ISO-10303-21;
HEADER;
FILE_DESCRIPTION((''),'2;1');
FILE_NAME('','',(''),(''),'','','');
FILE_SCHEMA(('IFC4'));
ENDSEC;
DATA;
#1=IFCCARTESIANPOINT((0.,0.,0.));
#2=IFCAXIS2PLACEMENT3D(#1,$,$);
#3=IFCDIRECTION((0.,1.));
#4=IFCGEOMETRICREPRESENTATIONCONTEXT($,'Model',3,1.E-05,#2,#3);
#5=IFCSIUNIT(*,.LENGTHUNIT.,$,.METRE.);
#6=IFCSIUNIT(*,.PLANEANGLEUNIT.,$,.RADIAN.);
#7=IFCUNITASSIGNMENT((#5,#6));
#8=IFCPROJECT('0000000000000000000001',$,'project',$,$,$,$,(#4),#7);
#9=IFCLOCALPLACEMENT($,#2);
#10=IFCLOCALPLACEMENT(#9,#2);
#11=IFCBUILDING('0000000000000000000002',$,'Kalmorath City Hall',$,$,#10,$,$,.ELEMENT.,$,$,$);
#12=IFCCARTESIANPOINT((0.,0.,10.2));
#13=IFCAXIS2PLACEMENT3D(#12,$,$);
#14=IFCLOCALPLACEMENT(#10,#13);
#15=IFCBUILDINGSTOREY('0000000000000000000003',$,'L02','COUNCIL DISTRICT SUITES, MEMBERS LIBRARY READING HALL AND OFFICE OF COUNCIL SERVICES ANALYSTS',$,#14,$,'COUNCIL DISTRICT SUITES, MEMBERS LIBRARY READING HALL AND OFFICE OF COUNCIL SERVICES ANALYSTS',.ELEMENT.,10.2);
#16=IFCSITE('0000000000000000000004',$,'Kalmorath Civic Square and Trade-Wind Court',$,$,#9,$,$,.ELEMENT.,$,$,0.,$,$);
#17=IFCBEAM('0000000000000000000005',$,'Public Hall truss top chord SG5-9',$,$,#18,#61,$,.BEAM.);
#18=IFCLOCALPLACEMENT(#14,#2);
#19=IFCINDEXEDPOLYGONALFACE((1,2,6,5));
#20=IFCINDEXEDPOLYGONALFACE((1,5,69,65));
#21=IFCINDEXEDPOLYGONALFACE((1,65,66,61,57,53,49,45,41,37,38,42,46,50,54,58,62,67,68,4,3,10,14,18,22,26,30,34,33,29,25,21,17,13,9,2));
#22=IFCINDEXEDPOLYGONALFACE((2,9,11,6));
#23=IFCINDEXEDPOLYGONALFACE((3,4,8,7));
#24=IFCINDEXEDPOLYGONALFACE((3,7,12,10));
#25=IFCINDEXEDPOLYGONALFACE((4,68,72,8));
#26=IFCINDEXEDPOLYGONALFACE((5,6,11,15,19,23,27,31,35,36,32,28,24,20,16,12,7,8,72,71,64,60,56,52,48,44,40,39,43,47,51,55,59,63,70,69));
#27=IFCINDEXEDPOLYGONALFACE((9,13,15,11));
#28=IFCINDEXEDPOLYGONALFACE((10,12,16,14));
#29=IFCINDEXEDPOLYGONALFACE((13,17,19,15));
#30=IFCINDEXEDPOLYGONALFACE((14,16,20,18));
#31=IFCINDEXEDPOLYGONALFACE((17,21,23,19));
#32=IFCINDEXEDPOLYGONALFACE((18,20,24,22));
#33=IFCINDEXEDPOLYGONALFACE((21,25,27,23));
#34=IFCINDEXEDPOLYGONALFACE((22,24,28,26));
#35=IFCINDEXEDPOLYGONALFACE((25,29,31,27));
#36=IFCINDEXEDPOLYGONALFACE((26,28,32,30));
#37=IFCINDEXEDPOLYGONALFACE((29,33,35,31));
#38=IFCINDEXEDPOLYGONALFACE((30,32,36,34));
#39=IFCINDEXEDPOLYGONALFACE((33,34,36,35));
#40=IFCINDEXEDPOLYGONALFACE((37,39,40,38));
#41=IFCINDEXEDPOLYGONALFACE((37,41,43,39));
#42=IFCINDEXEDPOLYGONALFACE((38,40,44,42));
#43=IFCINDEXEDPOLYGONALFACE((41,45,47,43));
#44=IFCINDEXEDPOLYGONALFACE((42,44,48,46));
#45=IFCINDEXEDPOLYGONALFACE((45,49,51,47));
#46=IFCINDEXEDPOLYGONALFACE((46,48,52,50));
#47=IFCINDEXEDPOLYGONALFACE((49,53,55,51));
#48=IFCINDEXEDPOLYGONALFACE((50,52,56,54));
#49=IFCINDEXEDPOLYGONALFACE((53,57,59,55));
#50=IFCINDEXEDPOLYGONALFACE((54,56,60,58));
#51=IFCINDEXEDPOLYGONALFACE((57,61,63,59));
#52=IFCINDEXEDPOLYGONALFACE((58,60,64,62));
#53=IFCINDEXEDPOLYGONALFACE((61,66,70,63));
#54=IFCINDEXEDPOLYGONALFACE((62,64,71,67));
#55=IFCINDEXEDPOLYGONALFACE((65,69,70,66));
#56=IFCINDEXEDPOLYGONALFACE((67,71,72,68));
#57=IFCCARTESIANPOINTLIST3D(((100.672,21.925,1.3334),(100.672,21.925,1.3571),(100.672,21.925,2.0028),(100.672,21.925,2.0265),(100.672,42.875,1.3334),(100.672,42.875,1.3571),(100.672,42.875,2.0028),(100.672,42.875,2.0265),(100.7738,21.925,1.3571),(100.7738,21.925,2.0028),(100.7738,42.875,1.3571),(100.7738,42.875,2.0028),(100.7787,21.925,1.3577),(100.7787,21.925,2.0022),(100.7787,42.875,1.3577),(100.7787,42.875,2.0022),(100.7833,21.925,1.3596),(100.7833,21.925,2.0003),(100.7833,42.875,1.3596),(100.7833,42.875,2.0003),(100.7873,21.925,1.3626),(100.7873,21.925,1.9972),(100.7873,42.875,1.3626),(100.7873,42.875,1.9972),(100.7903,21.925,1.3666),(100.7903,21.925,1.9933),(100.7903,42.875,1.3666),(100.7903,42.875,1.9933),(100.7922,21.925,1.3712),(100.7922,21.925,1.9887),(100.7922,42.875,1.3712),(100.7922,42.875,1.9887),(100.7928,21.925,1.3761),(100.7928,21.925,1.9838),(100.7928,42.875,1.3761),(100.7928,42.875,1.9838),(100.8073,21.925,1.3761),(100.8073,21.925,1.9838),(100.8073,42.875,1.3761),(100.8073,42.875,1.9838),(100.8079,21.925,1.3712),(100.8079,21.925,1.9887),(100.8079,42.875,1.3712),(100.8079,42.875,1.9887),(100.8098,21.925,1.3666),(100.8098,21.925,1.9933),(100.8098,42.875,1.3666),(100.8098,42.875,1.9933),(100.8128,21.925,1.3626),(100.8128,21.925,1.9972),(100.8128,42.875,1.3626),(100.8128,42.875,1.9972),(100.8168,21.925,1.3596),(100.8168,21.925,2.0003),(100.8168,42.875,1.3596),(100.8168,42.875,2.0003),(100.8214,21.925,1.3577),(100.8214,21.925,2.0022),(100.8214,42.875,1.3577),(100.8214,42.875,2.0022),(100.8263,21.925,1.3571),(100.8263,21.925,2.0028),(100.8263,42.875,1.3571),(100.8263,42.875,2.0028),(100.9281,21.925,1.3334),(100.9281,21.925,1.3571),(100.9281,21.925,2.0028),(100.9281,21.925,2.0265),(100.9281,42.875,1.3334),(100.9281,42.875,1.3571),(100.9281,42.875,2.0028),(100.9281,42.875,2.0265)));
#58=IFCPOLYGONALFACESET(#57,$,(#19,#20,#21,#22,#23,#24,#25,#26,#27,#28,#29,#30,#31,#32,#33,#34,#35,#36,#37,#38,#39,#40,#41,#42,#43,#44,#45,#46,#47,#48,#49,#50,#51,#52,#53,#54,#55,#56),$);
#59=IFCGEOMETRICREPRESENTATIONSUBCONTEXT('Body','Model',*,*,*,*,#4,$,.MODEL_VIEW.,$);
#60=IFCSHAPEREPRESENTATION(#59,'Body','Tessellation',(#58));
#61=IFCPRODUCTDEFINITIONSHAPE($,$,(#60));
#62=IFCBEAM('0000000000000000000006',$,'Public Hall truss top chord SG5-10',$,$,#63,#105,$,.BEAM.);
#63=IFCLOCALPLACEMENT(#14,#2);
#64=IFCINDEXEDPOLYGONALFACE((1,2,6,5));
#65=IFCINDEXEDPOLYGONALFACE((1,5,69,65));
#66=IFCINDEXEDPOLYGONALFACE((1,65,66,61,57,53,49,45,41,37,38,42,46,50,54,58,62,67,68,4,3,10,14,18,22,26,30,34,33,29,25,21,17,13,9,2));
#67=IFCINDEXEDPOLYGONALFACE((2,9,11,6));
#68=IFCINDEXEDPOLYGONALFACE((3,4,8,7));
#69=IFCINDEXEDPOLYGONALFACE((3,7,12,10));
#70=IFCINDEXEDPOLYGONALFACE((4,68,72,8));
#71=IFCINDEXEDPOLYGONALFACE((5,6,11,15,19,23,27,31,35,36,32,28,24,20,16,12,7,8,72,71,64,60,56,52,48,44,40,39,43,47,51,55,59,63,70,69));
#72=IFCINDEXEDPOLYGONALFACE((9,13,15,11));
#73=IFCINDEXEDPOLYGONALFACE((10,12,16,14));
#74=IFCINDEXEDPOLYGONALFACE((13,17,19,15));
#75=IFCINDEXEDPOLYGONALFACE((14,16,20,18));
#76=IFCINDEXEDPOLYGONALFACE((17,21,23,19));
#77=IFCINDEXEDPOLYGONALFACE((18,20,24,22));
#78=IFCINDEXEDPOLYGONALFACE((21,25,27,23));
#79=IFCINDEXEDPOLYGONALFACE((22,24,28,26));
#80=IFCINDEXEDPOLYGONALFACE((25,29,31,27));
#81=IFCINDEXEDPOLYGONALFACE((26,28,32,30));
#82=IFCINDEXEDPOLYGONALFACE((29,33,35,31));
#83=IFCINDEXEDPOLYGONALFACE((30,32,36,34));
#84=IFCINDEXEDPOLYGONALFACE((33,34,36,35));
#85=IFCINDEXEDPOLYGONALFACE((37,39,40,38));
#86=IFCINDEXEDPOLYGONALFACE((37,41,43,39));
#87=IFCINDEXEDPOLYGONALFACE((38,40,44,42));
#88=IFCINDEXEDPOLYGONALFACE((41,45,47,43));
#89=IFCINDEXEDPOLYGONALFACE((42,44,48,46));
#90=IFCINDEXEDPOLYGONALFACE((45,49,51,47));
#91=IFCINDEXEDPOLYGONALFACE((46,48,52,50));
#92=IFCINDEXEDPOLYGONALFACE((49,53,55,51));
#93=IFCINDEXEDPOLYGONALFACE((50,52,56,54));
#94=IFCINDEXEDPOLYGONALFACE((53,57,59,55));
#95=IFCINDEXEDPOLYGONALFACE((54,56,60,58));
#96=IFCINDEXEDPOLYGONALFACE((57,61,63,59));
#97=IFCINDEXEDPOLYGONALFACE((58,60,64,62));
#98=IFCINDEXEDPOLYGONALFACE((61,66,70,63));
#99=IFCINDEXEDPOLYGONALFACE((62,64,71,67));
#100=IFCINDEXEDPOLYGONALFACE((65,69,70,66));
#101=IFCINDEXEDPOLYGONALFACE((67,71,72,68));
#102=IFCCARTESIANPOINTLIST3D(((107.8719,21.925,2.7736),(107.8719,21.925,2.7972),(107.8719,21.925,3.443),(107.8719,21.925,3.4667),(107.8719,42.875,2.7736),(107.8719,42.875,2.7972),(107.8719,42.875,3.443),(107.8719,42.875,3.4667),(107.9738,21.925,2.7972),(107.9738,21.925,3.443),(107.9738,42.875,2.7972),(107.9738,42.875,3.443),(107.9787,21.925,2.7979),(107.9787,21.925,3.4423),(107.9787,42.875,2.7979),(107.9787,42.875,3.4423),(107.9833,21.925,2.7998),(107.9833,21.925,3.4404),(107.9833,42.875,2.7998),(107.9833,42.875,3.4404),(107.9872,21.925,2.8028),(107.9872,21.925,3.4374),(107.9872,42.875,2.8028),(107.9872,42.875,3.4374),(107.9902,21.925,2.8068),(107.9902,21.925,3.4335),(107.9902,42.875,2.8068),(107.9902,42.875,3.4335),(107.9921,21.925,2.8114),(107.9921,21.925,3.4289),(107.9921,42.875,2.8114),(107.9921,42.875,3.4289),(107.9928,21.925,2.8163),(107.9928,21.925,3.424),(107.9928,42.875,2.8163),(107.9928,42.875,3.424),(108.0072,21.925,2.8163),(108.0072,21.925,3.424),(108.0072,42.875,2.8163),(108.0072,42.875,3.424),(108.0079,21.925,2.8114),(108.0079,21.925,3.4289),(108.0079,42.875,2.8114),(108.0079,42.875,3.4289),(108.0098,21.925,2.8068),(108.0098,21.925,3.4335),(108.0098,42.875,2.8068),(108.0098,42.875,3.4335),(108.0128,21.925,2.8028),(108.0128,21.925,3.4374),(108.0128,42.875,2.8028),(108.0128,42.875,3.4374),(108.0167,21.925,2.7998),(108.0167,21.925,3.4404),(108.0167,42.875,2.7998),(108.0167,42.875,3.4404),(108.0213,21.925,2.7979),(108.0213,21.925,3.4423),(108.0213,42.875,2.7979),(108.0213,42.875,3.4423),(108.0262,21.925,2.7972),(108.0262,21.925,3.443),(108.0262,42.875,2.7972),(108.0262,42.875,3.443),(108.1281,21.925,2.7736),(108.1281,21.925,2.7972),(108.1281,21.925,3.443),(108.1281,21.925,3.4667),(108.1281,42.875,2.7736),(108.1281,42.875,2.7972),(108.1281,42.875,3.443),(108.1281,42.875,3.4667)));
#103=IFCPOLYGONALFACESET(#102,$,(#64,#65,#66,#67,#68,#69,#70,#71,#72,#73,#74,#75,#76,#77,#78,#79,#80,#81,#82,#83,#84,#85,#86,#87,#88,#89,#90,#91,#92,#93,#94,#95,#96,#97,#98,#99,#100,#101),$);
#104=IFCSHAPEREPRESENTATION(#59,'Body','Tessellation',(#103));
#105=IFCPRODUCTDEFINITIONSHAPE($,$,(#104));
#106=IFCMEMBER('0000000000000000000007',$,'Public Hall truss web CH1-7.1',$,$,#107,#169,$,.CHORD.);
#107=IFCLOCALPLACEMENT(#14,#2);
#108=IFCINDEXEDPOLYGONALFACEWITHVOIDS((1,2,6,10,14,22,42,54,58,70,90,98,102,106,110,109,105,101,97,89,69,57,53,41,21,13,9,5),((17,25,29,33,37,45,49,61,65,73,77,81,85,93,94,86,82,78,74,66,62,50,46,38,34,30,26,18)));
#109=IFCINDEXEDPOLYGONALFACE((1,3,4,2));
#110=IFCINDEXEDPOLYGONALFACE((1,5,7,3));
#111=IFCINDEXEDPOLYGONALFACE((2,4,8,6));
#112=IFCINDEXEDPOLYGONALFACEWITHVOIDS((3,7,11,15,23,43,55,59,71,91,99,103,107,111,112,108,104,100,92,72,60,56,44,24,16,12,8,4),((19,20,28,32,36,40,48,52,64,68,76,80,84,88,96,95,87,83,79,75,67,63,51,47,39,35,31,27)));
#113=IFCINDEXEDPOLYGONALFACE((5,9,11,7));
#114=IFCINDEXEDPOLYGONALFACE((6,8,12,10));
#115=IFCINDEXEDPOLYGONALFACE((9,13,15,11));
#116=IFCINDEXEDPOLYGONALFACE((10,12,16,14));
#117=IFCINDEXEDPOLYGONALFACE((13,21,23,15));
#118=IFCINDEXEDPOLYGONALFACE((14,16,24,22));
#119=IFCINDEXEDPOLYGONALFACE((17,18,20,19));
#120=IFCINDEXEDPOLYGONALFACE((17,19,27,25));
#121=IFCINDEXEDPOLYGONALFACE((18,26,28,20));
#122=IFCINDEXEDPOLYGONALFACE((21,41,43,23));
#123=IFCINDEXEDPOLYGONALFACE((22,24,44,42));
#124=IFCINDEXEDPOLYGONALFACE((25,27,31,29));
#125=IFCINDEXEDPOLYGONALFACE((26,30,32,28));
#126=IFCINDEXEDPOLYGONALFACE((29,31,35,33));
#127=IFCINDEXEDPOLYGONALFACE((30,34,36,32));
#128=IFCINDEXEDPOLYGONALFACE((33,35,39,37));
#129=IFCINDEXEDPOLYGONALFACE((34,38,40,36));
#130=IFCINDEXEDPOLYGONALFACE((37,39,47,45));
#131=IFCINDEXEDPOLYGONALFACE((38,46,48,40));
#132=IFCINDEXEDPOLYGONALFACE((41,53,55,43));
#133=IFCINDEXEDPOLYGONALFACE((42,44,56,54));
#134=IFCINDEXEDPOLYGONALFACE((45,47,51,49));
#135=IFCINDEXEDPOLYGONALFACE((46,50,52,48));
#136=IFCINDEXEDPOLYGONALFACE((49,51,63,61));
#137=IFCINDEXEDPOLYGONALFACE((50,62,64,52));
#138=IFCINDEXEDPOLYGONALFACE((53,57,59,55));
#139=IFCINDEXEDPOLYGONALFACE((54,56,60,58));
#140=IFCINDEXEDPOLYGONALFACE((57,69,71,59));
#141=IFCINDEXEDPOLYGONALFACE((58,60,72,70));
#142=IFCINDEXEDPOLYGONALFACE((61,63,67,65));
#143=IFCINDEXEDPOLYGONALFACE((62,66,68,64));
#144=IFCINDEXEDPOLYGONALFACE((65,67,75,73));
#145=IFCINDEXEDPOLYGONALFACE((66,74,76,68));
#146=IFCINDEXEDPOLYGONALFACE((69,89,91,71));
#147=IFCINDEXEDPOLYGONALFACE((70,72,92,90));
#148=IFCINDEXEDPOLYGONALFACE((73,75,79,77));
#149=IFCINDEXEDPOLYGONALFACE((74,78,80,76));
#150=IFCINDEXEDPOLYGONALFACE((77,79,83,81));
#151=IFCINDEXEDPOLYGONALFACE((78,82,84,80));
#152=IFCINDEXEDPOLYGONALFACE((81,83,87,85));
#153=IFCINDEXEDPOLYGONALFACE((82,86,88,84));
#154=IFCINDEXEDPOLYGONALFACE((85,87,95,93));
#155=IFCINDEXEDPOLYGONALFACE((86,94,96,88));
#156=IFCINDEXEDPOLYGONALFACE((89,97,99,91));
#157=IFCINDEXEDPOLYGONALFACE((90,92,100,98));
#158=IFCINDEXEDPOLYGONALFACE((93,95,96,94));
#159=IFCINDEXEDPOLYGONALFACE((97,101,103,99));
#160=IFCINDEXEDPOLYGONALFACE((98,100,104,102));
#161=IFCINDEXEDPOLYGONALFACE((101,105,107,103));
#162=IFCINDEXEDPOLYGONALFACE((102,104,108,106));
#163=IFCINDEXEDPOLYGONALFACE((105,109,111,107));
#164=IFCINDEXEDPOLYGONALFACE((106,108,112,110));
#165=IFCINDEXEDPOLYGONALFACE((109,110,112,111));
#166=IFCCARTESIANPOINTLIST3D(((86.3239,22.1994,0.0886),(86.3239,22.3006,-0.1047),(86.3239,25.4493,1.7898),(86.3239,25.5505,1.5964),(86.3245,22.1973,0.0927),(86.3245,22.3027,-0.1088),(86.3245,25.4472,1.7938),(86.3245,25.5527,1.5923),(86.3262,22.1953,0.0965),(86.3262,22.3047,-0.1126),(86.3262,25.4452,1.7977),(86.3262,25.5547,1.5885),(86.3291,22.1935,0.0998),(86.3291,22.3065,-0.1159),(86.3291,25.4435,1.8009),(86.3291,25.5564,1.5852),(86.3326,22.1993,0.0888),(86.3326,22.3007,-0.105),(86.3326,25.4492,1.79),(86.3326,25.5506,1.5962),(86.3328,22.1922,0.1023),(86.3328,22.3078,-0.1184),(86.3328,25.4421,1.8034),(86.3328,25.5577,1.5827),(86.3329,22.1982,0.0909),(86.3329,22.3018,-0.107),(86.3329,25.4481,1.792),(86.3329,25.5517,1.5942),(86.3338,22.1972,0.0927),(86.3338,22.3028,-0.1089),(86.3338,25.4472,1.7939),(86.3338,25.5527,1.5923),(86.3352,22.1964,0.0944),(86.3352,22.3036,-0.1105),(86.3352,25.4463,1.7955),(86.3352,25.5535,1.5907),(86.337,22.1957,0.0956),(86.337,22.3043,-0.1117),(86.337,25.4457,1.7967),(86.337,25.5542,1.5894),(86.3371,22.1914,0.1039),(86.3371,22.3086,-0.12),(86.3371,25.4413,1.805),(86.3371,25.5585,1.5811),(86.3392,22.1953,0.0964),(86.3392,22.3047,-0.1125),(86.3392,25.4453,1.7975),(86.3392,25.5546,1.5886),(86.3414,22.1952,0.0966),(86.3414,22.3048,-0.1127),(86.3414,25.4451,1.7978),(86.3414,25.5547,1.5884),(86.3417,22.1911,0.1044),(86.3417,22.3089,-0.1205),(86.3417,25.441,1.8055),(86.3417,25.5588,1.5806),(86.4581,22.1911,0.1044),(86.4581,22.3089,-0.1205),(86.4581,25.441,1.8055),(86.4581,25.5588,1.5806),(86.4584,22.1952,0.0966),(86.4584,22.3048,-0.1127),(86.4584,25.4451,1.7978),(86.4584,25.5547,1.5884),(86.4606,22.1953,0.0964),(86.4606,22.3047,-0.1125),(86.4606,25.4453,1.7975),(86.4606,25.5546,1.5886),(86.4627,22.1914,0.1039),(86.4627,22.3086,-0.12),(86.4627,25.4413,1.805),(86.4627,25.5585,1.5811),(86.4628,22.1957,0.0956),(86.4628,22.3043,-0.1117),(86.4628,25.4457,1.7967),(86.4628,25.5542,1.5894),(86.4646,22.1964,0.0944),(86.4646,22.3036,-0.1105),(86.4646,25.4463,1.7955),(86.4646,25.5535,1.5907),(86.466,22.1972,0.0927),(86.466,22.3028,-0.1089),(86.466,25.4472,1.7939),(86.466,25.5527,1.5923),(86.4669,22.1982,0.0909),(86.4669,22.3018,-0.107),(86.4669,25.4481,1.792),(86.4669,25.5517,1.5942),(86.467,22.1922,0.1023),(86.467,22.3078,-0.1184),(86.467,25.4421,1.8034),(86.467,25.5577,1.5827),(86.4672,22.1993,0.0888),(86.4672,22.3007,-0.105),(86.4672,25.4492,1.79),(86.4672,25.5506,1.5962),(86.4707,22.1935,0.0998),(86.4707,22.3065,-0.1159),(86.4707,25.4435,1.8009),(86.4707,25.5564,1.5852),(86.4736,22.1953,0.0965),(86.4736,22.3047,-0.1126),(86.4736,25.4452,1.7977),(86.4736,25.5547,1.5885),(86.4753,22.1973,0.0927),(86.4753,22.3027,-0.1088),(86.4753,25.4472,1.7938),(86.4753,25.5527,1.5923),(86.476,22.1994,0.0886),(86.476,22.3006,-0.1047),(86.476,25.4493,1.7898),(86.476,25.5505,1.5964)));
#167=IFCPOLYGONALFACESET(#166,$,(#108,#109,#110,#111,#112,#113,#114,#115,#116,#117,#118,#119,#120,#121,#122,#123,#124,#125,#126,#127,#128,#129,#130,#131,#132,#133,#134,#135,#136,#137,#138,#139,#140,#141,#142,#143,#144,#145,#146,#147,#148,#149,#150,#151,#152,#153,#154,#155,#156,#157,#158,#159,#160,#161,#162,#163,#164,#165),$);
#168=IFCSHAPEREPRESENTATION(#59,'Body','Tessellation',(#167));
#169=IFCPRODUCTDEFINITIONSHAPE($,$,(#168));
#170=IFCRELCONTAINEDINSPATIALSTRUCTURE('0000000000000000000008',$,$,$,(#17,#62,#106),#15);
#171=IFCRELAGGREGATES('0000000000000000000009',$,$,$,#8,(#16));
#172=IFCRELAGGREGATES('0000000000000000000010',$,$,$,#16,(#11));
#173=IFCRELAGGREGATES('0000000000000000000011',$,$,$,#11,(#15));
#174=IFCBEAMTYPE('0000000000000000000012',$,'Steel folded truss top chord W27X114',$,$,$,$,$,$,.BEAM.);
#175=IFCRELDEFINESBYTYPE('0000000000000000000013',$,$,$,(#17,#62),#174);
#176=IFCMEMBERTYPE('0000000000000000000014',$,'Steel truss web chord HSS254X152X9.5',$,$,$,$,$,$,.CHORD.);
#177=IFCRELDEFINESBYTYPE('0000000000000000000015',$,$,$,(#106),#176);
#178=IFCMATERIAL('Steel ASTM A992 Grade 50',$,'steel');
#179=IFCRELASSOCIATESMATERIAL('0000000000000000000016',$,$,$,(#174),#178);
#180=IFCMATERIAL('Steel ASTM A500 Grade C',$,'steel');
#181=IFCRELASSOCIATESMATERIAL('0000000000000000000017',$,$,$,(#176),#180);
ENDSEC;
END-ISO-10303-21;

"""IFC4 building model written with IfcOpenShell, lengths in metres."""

from ifc_helpers import new_model, si_unit, direction, frame, origin, origin_2d, place, context, subcontext, project, spatial, hollow_rectangle, i_section, extrude, material, material_profile, profile_set, type_object, element, save


model = new_model("IFC4")

# Units and contexts
model_context = context("Model", 3, precision=1e-05, world=origin(), true_north=direction((0.0, 1.0)))
body_context = subcontext(model_context, "Body", "Model", "MODEL_VIEW")
ifc_project = project(units=[si_unit("LENGTHUNIT", "METRE"), si_unit("PLANEANGLEUNIT", "RADIAN")], contexts=[model_context])

# Site, building, storey
site_placement = place(None, origin())
site = spatial("IfcSite", under=ifc_project, at=site_placement, Name="Kalmorath Civic Square and Trade-Wind Court", CompositionType="ELEMENT", RefElevation=0.0)
building_placement = place(site_placement, origin())
building = spatial("IfcBuilding", under=site, at=building_placement, Name="Kalmorath City Hall", CompositionType="ELEMENT")
storey_placement = place(building_placement, frame((0.0, 0.0, 10.2)))
storey = spatial("IfcBuildingStorey", under=building, at=storey_placement, Name="L02", Description="COUNCIL DISTRICT SUITES, MEMBERS LIBRARY READING HALL AND OFFICE OF COUNCIL SERVICES ANALYSTS", LongName="COUNCIL DISTRICT SUITES, MEMBERS LIBRARY READING HALL AND OFFICE OF COUNCIL SERVICES ANALYSTS", CompositionType="ELEMENT", Elevation=10.2)

# Beams
ifc_material_1 = material(Name="Steel ASTM A992 Grade 50", Category="steel")
ifc_material_profile_1 = material_profile(ifc_material_1, i_section(OverallWidth=0.2561, OverallDepth=0.6931, WebThickness=0.0144, FlangeThickness=0.0237, FilletRadius=0.019, at=origin_2d()), Name="W27X114")
ifc_profile_set_1 = profile_set([ifc_material_profile_1], Name="Steel ASTM A992 Grade 50")
beam_type_1 = type_object("IfcBeamType", Name="Steel folded truss top chord W27X114", PredefinedType="BEAM", material=ifc_profile_set_1)
for number, where, z_axis, x_axis, name in (
    (1, (100.8, 21.925, 1.6799), (0.0, 1.0, 0.0), (-1.0, 0.0, 0.0), "Public Hall truss top chord SG5-9"),
    (2, (108.0, 21.925, 3.1201), (0.0, 1.0, 0.0), (-1.0, 0.0, 0.0), "Public Hall truss top chord SG5-10"),
):
    element("IfcBeam", number, at=place(storey_placement, frame(where, z_axis=z_axis, x_axis=x_axis)), inside=storey, type_object=beam_type_1, Name=name, PredefinedType="BEAM", context=body_context, shape_type="SweptSolid", body=[
        extrude(i_section(OverallWidth=0.2561, OverallDepth=0.6931, WebThickness=0.0144, FlangeThickness=0.0237, FilletRadius=0.019, at=origin_2d()), origin(), (0.0, 0.0, 1.0), 20.95),
    ])

# Member
ifc_material_2 = material(Name="Steel ASTM A500 Grade C", Category="steel")
ifc_material_profile_2 = material_profile(ifc_material_2, hollow_rectangle(XDim=0.1521, YDim=0.2539, WallThickness=0.0088, InnerFilletRadius=0.0088, OuterFilletRadius=0.0178, at=origin_2d()), Name="HSS254X152X9.5")
ifc_profile_set_2 = profile_set([ifc_material_profile_2], Name="Steel ASTM A500 Grade C")
member_type = type_object("IfcMemberType", Name="Steel truss web chord HSS254X152X9.5", PredefinedType="CHORD", material=ifc_profile_set_2)
member_1_placement = place(storey_placement, frame((86.3999, 22.25, -0.0081), z_axis=(0.0, 0.885967, 0.463748), x_axis=(-1.0, 0.0, 0.0)))
element("IfcMember", 3, at=member_1_placement, inside=storey, type_object=member_type, Name="Public Hall truss web CH1-7.1", PredefinedType="CHORD", context=body_context, shape_type="SweptSolid", body=[
    extrude(hollow_rectangle(XDim=0.1521, YDim=0.2539, WallThickness=0.0088, InnerFilletRadius=0.0088, OuterFilletRadius=0.0178, at=origin_2d()), origin(), (0.0, 0.0, 1.0), 3.6682),
])

save(model, "model.ifc")
